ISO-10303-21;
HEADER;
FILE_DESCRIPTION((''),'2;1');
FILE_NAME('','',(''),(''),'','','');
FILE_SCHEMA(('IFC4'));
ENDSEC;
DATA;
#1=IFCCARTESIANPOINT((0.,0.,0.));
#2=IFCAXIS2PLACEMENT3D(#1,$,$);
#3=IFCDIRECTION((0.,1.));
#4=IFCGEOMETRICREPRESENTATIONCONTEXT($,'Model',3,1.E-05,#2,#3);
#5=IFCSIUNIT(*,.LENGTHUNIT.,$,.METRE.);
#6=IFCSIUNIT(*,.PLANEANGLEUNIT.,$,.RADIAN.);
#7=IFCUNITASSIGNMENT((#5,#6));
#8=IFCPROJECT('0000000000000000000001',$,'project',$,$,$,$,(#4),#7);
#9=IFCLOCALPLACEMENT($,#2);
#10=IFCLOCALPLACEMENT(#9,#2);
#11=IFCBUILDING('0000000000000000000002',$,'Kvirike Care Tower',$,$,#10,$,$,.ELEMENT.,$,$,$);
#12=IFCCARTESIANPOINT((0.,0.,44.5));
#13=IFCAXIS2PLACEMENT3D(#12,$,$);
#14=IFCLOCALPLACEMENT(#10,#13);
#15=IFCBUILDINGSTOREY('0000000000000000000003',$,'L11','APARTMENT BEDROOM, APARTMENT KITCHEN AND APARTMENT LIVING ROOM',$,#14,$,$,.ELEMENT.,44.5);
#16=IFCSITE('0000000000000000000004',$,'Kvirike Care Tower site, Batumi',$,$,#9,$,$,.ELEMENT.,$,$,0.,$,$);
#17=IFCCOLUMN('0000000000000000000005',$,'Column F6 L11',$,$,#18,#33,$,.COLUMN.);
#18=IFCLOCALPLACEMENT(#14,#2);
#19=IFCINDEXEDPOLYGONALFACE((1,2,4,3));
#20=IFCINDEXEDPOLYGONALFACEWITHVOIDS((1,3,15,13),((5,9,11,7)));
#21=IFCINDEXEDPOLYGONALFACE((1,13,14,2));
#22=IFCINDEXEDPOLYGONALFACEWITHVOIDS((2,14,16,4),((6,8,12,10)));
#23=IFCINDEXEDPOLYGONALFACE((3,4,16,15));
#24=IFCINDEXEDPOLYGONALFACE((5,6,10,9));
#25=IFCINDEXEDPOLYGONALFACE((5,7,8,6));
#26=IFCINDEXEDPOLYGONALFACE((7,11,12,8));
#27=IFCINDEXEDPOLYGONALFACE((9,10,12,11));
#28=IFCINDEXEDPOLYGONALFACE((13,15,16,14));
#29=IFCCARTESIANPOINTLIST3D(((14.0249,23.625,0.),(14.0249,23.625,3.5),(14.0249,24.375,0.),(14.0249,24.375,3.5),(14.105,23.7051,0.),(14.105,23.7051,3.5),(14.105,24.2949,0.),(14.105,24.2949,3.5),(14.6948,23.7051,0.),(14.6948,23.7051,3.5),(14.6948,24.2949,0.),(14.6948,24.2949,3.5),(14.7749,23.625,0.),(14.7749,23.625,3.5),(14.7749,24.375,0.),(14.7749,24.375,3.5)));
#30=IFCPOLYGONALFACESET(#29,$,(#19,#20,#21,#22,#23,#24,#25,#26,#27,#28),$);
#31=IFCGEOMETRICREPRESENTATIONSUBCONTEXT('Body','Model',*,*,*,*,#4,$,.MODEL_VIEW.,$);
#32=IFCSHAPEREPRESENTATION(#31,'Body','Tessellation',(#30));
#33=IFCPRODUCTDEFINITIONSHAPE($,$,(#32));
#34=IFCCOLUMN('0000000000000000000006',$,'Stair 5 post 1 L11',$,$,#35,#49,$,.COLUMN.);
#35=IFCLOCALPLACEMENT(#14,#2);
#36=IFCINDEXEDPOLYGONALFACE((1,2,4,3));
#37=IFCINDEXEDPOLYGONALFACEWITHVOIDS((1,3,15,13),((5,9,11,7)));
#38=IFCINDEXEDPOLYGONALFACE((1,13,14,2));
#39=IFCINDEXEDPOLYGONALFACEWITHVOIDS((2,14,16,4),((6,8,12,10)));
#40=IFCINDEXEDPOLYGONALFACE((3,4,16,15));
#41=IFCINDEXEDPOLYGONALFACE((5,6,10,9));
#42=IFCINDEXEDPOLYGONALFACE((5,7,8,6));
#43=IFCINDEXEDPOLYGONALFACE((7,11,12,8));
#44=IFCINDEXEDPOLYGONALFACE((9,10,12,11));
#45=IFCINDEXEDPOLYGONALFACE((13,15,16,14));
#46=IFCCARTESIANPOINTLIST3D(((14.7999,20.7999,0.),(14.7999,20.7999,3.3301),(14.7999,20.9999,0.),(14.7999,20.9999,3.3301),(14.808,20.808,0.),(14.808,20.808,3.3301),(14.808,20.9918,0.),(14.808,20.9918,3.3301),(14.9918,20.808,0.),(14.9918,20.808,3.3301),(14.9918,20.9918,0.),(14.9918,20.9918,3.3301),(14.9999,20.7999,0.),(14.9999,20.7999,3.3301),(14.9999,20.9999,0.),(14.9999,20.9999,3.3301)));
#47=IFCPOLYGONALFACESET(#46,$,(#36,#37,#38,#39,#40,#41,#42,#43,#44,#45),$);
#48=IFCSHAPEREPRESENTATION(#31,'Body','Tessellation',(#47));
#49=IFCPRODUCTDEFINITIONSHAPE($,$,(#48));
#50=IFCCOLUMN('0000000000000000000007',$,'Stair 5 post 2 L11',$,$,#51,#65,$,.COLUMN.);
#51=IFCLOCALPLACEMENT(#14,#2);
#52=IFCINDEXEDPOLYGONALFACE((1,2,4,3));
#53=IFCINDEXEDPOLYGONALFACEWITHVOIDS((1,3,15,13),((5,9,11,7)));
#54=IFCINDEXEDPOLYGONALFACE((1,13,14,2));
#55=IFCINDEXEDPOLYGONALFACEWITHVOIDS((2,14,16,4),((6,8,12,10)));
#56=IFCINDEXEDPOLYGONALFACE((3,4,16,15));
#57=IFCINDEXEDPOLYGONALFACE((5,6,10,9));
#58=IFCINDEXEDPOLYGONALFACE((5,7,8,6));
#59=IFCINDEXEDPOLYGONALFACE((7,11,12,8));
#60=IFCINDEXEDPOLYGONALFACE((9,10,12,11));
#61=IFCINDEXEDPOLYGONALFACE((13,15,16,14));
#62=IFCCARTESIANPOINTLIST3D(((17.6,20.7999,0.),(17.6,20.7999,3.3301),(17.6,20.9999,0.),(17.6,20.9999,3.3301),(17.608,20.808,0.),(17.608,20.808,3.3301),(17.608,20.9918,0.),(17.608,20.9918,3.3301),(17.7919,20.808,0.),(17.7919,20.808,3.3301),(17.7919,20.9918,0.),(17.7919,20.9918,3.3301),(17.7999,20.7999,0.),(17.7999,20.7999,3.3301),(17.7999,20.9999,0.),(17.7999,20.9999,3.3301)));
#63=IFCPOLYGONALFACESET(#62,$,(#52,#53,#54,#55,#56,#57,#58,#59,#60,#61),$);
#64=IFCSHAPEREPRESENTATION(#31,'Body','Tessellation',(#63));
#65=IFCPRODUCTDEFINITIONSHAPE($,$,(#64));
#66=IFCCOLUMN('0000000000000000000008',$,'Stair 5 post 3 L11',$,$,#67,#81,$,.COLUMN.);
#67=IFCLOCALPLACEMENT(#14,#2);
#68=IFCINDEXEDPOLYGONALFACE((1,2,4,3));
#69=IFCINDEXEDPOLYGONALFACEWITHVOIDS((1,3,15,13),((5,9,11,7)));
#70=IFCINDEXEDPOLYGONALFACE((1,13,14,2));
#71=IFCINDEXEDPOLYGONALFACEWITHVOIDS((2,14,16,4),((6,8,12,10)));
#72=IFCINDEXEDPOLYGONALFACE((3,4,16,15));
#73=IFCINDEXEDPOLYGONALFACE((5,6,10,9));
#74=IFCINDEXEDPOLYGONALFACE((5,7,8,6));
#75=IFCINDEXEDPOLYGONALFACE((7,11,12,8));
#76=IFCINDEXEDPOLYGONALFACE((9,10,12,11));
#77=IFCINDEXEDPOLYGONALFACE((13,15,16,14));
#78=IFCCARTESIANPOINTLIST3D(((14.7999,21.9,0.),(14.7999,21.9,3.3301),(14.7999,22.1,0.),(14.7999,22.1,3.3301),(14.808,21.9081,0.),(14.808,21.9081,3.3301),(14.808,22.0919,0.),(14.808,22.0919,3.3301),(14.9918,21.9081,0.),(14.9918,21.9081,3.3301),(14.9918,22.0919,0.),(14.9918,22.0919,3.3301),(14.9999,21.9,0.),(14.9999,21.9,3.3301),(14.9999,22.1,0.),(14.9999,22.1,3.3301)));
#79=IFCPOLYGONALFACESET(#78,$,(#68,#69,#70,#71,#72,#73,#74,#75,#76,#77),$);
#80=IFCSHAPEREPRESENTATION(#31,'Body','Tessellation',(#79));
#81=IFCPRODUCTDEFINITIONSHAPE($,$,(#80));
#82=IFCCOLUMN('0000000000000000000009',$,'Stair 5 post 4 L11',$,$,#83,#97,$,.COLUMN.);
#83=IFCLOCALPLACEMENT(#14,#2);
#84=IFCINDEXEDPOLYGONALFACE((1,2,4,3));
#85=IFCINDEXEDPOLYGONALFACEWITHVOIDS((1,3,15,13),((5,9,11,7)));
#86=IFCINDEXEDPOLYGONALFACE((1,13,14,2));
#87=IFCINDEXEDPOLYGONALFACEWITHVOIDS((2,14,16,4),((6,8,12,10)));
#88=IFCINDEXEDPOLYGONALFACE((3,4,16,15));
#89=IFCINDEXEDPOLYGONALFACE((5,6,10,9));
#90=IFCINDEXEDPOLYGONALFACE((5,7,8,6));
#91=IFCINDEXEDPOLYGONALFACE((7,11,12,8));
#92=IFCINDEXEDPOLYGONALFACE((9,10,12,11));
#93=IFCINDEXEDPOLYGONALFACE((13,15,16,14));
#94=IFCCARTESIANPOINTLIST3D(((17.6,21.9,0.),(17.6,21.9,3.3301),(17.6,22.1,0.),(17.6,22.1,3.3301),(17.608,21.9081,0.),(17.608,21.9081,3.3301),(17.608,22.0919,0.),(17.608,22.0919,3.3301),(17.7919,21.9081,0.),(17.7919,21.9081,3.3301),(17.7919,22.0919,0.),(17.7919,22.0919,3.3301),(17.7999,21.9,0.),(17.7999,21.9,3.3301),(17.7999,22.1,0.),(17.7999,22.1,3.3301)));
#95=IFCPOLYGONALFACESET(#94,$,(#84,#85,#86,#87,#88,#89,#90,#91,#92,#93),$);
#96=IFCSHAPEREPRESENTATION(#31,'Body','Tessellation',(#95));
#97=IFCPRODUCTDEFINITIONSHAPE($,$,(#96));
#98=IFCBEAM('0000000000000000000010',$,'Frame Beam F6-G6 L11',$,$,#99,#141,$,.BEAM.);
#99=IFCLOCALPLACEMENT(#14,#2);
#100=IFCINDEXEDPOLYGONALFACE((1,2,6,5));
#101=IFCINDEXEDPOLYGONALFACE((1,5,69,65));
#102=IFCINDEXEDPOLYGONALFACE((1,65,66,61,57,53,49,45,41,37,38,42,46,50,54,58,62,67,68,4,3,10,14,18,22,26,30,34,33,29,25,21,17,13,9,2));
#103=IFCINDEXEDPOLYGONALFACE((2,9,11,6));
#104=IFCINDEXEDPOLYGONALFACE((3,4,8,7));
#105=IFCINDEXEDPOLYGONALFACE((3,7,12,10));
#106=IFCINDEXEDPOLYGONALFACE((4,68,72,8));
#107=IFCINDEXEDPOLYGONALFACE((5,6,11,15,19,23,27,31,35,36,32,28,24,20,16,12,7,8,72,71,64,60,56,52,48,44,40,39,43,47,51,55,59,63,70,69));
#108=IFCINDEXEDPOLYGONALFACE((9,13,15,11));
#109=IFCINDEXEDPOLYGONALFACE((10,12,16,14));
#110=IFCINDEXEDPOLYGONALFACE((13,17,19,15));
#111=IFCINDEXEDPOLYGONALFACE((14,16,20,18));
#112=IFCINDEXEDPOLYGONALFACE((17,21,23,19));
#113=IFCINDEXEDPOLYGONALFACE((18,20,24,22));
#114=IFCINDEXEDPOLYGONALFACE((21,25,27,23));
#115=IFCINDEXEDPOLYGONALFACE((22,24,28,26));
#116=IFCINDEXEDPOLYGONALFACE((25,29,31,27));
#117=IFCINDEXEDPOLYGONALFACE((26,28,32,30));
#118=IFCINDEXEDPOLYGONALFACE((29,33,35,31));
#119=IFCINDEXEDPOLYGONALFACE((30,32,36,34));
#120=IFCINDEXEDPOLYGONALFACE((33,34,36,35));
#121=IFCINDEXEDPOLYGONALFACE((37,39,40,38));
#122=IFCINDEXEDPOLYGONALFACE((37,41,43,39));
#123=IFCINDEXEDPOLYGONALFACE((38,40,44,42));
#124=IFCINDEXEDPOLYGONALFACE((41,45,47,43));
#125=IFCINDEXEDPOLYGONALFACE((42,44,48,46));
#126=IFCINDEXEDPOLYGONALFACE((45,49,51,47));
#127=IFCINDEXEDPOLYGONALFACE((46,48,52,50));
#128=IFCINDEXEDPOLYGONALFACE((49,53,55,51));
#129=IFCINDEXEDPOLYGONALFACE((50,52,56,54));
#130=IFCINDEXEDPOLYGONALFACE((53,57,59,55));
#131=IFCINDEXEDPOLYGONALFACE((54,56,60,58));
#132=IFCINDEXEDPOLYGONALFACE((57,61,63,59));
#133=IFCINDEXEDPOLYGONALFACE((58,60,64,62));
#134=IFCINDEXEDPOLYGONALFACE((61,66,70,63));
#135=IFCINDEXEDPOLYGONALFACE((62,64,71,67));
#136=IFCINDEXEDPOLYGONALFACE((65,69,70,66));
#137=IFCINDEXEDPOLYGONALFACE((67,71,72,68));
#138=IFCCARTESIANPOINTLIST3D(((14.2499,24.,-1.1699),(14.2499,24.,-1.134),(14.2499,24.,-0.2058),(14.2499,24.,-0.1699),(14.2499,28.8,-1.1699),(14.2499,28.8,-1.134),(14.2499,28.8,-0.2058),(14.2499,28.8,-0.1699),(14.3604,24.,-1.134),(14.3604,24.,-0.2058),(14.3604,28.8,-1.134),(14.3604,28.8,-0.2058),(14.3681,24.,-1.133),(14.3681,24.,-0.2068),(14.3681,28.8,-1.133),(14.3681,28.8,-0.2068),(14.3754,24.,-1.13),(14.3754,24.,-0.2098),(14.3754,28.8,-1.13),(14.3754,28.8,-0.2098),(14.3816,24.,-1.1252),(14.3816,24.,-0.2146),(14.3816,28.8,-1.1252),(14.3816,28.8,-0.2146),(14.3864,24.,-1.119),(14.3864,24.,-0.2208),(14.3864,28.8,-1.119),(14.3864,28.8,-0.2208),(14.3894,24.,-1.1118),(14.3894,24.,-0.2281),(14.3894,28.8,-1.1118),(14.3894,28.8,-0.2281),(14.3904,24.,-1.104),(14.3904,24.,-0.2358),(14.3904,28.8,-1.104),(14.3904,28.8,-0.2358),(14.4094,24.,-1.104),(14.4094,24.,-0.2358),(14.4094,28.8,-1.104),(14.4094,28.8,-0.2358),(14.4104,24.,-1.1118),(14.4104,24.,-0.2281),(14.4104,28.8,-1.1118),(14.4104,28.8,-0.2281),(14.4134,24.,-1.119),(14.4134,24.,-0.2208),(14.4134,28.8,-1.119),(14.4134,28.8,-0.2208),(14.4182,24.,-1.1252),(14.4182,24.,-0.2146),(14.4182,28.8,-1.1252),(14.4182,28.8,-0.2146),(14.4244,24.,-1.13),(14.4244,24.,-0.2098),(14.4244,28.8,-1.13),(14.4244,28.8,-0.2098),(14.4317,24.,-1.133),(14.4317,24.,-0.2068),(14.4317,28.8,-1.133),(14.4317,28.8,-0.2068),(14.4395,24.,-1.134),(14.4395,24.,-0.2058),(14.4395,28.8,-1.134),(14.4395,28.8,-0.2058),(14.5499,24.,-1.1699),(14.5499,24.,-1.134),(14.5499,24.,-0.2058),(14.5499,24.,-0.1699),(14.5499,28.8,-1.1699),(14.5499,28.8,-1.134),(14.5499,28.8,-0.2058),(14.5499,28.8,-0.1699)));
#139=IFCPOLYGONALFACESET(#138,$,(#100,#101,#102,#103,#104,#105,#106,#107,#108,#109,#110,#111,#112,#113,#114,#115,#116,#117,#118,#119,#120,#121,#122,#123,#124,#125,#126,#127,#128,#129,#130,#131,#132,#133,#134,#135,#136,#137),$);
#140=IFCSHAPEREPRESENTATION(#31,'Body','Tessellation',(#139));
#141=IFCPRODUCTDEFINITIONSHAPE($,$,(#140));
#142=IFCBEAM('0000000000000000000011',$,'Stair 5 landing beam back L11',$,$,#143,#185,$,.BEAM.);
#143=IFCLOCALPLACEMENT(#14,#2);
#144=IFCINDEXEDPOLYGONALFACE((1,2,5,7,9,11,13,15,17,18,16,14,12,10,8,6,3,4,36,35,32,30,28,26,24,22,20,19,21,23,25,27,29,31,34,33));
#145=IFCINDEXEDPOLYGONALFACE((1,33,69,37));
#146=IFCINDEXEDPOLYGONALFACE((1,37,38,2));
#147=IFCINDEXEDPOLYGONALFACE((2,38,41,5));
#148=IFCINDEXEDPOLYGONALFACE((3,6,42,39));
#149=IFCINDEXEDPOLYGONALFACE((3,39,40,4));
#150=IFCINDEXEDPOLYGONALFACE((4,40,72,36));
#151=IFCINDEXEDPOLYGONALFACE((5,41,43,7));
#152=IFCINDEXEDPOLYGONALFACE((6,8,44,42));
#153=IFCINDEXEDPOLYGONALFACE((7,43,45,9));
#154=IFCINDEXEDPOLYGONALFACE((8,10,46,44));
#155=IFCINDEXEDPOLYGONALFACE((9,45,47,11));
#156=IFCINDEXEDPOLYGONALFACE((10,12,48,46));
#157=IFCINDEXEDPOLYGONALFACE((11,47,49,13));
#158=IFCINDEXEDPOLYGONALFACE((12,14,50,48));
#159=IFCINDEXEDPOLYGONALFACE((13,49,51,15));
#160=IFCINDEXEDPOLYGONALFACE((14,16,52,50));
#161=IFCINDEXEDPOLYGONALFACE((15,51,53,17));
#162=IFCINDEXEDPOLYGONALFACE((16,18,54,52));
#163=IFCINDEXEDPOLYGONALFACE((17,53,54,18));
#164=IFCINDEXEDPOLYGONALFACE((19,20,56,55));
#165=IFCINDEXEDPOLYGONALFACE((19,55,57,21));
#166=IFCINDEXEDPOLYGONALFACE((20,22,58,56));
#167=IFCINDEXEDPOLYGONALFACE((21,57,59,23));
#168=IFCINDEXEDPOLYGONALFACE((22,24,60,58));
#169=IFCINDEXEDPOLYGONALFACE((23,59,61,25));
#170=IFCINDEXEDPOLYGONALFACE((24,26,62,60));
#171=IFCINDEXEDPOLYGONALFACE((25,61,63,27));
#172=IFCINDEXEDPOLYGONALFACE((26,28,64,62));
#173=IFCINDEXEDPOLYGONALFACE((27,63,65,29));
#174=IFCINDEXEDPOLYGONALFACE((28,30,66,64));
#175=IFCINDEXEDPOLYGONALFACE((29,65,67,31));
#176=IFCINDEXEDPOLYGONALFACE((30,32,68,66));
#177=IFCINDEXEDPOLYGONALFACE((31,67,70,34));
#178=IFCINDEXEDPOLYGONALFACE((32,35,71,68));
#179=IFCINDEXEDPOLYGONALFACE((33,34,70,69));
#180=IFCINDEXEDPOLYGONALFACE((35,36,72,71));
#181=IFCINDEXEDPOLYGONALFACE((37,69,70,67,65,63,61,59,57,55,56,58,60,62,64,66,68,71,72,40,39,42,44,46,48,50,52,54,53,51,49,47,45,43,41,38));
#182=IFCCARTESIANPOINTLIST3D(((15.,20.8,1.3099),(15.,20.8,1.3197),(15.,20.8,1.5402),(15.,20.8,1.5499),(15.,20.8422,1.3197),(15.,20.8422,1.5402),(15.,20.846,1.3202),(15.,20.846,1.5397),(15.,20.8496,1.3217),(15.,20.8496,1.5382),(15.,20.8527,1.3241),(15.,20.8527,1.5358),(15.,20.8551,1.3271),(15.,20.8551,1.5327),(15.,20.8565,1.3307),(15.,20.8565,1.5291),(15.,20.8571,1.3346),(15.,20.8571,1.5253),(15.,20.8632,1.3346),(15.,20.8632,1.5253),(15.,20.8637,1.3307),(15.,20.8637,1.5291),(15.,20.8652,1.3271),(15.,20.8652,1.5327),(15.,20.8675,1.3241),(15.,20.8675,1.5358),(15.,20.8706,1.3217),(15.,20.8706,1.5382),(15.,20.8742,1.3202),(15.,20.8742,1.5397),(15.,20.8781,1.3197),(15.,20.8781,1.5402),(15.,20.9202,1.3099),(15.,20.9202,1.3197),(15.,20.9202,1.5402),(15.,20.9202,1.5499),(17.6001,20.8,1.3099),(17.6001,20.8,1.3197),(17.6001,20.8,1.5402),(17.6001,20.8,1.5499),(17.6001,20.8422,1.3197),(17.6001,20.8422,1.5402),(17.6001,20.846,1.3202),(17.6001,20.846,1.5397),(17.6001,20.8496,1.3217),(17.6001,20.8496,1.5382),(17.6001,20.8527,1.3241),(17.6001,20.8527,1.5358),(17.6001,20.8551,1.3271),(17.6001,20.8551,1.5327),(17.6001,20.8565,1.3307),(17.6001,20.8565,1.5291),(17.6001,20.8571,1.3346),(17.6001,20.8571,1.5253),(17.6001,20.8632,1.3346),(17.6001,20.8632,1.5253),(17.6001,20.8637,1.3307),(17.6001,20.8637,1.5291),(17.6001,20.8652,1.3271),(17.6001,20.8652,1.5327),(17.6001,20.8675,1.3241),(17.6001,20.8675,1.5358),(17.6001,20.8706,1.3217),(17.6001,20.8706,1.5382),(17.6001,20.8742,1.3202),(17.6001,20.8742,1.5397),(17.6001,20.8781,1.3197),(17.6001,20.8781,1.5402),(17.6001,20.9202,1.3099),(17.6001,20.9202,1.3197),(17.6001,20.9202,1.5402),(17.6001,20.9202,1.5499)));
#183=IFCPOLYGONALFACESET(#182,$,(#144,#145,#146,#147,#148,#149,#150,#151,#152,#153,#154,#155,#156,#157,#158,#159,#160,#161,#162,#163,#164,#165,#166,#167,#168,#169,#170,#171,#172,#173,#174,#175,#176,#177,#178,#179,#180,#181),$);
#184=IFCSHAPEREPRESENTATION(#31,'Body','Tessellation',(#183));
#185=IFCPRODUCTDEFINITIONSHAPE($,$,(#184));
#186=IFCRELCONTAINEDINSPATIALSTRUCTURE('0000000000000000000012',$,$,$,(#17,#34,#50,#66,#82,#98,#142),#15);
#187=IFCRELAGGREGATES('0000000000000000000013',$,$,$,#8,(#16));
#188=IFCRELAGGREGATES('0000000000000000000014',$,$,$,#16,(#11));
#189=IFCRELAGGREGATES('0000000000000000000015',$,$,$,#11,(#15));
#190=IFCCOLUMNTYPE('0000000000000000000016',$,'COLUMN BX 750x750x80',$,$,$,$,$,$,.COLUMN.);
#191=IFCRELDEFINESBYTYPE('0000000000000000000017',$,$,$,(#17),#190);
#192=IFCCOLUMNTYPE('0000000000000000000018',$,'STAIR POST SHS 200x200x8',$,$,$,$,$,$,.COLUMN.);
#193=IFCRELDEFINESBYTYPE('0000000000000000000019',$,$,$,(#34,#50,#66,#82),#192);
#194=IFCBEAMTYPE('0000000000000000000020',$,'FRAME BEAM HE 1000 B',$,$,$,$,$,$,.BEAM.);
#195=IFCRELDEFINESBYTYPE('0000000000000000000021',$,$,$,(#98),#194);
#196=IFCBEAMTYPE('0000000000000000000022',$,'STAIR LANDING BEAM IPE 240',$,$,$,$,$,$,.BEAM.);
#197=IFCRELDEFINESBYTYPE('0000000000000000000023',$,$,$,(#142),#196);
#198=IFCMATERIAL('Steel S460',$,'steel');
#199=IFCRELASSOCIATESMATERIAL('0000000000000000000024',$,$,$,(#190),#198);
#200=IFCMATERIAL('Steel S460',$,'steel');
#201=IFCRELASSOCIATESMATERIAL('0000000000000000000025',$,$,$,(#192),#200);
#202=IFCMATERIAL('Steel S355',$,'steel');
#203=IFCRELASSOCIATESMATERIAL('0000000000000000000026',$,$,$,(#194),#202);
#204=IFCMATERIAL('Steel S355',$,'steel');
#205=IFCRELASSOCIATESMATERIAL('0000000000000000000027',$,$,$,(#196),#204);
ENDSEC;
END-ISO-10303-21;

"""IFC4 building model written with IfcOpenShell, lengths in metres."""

from ifc_helpers import new_model, si_unit, direction, frame, origin, origin_2d, place, context, subcontext, project, spatial, hollow_rectangle, i_section, extrude, material, material_profile, profile_set, type_object, element, save


model = new_model("IFC4")

# Units and contexts
model_context = context("Model", 3, precision=1e-05, world=origin(), true_north=direction((0.0, 1.0)))
body_context = subcontext(model_context, "Body", "Model", "MODEL_VIEW")
ifc_project = project(units=[si_unit("LENGTHUNIT", "METRE"), si_unit("PLANEANGLEUNIT", "RADIAN")], contexts=[model_context])

# Site, building, storey
site_placement = place(None, origin())
site = spatial("IfcSite", under=ifc_project, at=site_placement, Name="Kvirike Care Tower site, Batumi", CompositionType="ELEMENT", RefElevation=0.0)
building_placement = place(site_placement, origin())
building = spatial("IfcBuilding", under=site, at=building_placement, Name="Kvirike Care Tower", CompositionType="ELEMENT")
storey_placement = place(building_placement, frame((0.0, 0.0, 44.5)))
storey = spatial("IfcBuildingStorey", under=building, at=storey_placement, Name="L11", Description="APARTMENT BEDROOM, APARTMENT KITCHEN AND APARTMENT LIVING ROOM", CompositionType="ELEMENT", Elevation=44.5)

# Columns
ifc_material_1 = material(Name="Steel S460", Category="steel")
ifc_material_profile_1 = material_profile(ifc_material_1, hollow_rectangle(XDim=0.75, YDim=0.75, WallThickness=0.0801, at=origin_2d()), Name="BX 750x750x80")
ifc_profile_set_1 = profile_set([ifc_material_profile_1], Name="Steel S460")
column_type_1 = type_object("IfcColumnType", Name="COLUMN BX 750x750x80", PredefinedType="COLUMN", material=ifc_profile_set_1)
column_placement = place(storey_placement, frame((14.3999, 24.0, 0.0), z_axis=(0.0, 0.0, 1.0), x_axis=(1.0, 0.0, 0.0)))
element("IfcColumn", 1, at=column_placement, inside=storey, type_object=column_type_1, Name="Column F6 L11", PredefinedType="COLUMN", context=body_context, shape_type="SweptSolid", body=[
    extrude(hollow_rectangle(XDim=0.75, YDim=0.75, WallThickness=0.0801, at=origin_2d()), origin(), (0.0, 0.0, 1.0), 3.5),
])
ifc_material_2 = material(Name="Steel S460", Category="steel")
ifc_material_profile_2 = material_profile(ifc_material_2, hollow_rectangle(XDim=0.2, YDim=0.2, WallThickness=0.0081, at=origin_2d()), Name="SHS 200x200x8")
ifc_profile_set_2 = profile_set([ifc_material_profile_2], Name="Steel S460")
column_type_2 = type_object("IfcColumnType", Name="STAIR POST SHS 200x200x8", PredefinedType="COLUMN", material=ifc_profile_set_2)
for number, where, z_axis, x_axis, name in (
    (2, (14.8999, 20.8999, 0.0), (0.0, 0.0, 1.0), (1.0, 0.0, 0.0), "Stair 5 post 1 L11"),
    (3, (17.7, 20.8999, 0.0), (0.0, 0.0, 1.0), (1.0, 0.0, 0.0), "Stair 5 post 2 L11"),
    (4, (14.8999, 22.0, 0.0), (0.0, 0.0, 1.0), (1.0, 0.0, 0.0), "Stair 5 post 3 L11"),
    (5, (17.7, 22.0, 0.0), (0.0, 0.0, 1.0), (1.0, 0.0, 0.0), "Stair 5 post 4 L11"),
):
    element("IfcColumn", number, at=place(storey_placement, frame(where, z_axis=z_axis, x_axis=x_axis)), inside=storey, type_object=column_type_2, Name=name, PredefinedType="COLUMN", context=body_context, shape_type="SweptSolid", body=[
        extrude(hollow_rectangle(XDim=0.2, YDim=0.2, WallThickness=0.0081, at=origin_2d()), origin(), (0.0, 0.0, 1.0), 3.3301),
    ])

# Beams
ifc_material_3 = material(Name="Steel S355", Category="steel")
ifc_material_profile_3 = material_profile(ifc_material_3, i_section(OverallWidth=0.3, OverallDepth=1.0, WebThickness=0.019, FlangeThickness=0.0359, FilletRadius=0.03, at=origin_2d()), Name="HE 1000 B")
ifc_profile_set_3 = profile_set([ifc_material_profile_3], Name="Steel S355")
beam_type_1 = type_object("IfcBeamType", Name="FRAME BEAM HE 1000 B", PredefinedType="BEAM", material=ifc_profile_set_3)
beam_placement = place(storey_placement, frame((14.3999, 24.0, -0.6699), z_axis=(0.0, 1.0, 0.0), x_axis=(-1.0, 0.0, 0.0)))
element("IfcBeam", 6, at=beam_placement, inside=storey, type_object=beam_type_1, Name="Frame Beam F6-G6 L11", PredefinedType="BEAM", context=body_context, shape_type="SweptSolid", body=[
    extrude(i_section(OverallWidth=0.3, OverallDepth=1.0, WebThickness=0.019, FlangeThickness=0.0359, FilletRadius=0.03, at=origin_2d()), origin(), (0.0, 0.0, 1.0), 4.8),
])
ifc_material_4 = material(Name="Steel S355", Category="steel")
ifc_material_profile_4 = material_profile(ifc_material_4, i_section(OverallWidth=0.1201, OverallDepth=0.24, WebThickness=0.0061, FlangeThickness=0.0098, FilletRadius=0.0149, at=origin_2d()), Name="IPE 240")
ifc_profile_set_4 = profile_set([ifc_material_profile_4], Name="Steel S355")
beam_type_2 = type_object("IfcBeamType", Name="STAIR LANDING BEAM IPE 240", PredefinedType="BEAM", material=ifc_profile_set_4)
for number, where, z_axis, x_axis, name in (
    (7, (15.0, 20.8601, 1.4299), (1.0, 0.0, 0.0), (0.0, 1.0, 0.0), "Stair 5 landing beam back L11"),
):
    element("IfcBeam", number, at=place(storey_placement, frame(where, z_axis=z_axis, x_axis=x_axis)), inside=storey, type_object=beam_type_2, Name=name, PredefinedType="BEAM", context=body_context, shape_type="SweptSolid", body=[
        extrude(i_section(OverallWidth=0.1201, OverallDepth=0.24, WebThickness=0.0061, FlangeThickness=0.0098, FilletRadius=0.0149, at=origin_2d()), origin(), (0.0, 0.0, 1.0), 2.6001),
    ])

save(model, "model.ifc")
